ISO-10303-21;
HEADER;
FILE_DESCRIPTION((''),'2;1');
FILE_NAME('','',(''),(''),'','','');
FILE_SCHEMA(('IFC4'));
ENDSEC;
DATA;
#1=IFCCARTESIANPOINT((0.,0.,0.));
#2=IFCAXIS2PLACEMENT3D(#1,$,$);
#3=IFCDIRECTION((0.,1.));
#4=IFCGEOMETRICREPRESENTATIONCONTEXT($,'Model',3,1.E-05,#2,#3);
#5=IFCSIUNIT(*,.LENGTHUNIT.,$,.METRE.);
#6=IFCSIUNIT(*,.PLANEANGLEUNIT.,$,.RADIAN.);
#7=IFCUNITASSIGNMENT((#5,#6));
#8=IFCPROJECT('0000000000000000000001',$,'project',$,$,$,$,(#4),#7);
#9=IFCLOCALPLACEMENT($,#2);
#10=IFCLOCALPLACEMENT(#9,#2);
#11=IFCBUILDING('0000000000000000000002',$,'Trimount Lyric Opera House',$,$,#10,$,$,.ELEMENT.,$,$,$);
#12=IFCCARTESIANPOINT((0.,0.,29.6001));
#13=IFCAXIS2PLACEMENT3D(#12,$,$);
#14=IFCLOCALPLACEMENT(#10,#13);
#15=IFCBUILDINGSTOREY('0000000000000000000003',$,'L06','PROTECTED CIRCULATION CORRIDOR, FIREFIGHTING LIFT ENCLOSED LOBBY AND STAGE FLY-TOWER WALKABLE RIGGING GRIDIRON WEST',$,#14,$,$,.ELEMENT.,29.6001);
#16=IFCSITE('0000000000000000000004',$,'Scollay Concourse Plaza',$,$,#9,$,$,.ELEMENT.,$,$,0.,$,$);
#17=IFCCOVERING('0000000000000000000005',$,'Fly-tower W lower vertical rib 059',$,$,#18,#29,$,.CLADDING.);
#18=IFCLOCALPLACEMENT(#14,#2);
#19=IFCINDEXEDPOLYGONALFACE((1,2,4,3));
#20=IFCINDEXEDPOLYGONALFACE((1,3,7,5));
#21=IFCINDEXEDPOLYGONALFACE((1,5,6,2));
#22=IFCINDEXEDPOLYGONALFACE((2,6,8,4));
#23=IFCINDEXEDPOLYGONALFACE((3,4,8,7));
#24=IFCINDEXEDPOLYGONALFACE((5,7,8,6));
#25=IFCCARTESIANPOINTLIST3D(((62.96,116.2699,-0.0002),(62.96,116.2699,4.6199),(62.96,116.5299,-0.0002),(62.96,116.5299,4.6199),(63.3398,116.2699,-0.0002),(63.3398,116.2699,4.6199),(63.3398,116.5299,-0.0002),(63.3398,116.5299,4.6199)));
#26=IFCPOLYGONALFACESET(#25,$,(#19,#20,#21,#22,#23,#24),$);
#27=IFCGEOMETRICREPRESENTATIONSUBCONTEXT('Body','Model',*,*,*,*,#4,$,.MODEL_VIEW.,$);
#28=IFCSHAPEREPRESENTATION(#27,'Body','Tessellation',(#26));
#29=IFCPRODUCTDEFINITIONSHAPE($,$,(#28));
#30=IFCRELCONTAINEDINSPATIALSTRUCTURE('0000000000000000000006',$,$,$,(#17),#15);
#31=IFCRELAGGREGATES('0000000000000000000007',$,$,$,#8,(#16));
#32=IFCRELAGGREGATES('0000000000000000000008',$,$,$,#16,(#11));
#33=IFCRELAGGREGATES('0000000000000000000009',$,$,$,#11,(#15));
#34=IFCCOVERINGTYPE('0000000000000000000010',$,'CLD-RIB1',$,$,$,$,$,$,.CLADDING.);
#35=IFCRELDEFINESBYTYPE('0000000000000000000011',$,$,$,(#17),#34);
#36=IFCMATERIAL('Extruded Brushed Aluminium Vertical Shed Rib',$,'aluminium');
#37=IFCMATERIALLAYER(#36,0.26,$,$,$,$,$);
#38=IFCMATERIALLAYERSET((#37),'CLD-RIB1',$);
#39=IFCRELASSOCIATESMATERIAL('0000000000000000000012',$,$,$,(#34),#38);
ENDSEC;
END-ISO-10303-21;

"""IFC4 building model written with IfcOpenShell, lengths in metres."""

from ifc_helpers import new_model, si_unit, direction, frame, origin, origin_2d, place, context, subcontext, project, spatial, rectangle, extrude, material, layer, layer_set, type_object, element, save


model = new_model("IFC4")

# Units and contexts
model_context = context("Model", 3, precision=1e-05, world=origin(), true_north=direction((0.0, 1.0)))
body_context = subcontext(model_context, "Body", "Model", "MODEL_VIEW")
ifc_project = project(units=[si_unit("LENGTHUNIT", "METRE"), si_unit("PLANEANGLEUNIT", "RADIAN")], contexts=[model_context])

# Site, building, storey
site_placement = place(None, origin())
site = spatial("IfcSite", under=ifc_project, at=site_placement, Name="Scollay Concourse Plaza", CompositionType="ELEMENT", RefElevation=0.0)
building_placement = place(site_placement, origin())
building = spatial("IfcBuilding", under=site, at=building_placement, Name="Trimount Lyric Opera House", CompositionType="ELEMENT")
storey_placement = place(building_placement, frame((0.0, 0.0, 29.6001)))
storey = spatial("IfcBuildingStorey", under=building, at=storey_placement, Name="L06", Description="PROTECTED CIRCULATION CORRIDOR, FIREFIGHTING LIFT ENCLOSED LOBBY AND STAGE FLY-TOWER WALKABLE RIGGING GRIDIRON WEST", CompositionType="ELEMENT", Elevation=29.6001)

# Covering
ifc_material_1 = material(Name="Extruded Brushed Aluminium Vertical Shed Rib", Category="aluminium")
ifc_layer_1 = layer(ifc_material_1, 0.26)
ifc_layer_set_1 = layer_set([ifc_layer_1], Name="CLD-RIB1")
covering_type = type_object("IfcCoveringType", Name="CLD-RIB1", PredefinedType="CLADDING", material=ifc_layer_set_1)
for number, where, z_axis, x_axis, name in (
    (1, (63.1499, 116.3999, -0.0002), (0.0, 0.0, 1.0), (1.0, 0.0, 0.0), "Fly-tower W lower vertical rib 059"),
):
    element("IfcCovering", number, at=place(storey_placement, frame(where, z_axis=z_axis, x_axis=x_axis)), inside=storey, type_object=covering_type, Name=name, PredefinedType="CLADDING", context=body_context, shape_type="SweptSolid", body=[
        extrude(rectangle(XDim=0.3799, YDim=0.26, at=origin_2d()), origin(), (0.0, 0.0, 1.0), 4.6201),
    ])

save(model, "model.ifc")
